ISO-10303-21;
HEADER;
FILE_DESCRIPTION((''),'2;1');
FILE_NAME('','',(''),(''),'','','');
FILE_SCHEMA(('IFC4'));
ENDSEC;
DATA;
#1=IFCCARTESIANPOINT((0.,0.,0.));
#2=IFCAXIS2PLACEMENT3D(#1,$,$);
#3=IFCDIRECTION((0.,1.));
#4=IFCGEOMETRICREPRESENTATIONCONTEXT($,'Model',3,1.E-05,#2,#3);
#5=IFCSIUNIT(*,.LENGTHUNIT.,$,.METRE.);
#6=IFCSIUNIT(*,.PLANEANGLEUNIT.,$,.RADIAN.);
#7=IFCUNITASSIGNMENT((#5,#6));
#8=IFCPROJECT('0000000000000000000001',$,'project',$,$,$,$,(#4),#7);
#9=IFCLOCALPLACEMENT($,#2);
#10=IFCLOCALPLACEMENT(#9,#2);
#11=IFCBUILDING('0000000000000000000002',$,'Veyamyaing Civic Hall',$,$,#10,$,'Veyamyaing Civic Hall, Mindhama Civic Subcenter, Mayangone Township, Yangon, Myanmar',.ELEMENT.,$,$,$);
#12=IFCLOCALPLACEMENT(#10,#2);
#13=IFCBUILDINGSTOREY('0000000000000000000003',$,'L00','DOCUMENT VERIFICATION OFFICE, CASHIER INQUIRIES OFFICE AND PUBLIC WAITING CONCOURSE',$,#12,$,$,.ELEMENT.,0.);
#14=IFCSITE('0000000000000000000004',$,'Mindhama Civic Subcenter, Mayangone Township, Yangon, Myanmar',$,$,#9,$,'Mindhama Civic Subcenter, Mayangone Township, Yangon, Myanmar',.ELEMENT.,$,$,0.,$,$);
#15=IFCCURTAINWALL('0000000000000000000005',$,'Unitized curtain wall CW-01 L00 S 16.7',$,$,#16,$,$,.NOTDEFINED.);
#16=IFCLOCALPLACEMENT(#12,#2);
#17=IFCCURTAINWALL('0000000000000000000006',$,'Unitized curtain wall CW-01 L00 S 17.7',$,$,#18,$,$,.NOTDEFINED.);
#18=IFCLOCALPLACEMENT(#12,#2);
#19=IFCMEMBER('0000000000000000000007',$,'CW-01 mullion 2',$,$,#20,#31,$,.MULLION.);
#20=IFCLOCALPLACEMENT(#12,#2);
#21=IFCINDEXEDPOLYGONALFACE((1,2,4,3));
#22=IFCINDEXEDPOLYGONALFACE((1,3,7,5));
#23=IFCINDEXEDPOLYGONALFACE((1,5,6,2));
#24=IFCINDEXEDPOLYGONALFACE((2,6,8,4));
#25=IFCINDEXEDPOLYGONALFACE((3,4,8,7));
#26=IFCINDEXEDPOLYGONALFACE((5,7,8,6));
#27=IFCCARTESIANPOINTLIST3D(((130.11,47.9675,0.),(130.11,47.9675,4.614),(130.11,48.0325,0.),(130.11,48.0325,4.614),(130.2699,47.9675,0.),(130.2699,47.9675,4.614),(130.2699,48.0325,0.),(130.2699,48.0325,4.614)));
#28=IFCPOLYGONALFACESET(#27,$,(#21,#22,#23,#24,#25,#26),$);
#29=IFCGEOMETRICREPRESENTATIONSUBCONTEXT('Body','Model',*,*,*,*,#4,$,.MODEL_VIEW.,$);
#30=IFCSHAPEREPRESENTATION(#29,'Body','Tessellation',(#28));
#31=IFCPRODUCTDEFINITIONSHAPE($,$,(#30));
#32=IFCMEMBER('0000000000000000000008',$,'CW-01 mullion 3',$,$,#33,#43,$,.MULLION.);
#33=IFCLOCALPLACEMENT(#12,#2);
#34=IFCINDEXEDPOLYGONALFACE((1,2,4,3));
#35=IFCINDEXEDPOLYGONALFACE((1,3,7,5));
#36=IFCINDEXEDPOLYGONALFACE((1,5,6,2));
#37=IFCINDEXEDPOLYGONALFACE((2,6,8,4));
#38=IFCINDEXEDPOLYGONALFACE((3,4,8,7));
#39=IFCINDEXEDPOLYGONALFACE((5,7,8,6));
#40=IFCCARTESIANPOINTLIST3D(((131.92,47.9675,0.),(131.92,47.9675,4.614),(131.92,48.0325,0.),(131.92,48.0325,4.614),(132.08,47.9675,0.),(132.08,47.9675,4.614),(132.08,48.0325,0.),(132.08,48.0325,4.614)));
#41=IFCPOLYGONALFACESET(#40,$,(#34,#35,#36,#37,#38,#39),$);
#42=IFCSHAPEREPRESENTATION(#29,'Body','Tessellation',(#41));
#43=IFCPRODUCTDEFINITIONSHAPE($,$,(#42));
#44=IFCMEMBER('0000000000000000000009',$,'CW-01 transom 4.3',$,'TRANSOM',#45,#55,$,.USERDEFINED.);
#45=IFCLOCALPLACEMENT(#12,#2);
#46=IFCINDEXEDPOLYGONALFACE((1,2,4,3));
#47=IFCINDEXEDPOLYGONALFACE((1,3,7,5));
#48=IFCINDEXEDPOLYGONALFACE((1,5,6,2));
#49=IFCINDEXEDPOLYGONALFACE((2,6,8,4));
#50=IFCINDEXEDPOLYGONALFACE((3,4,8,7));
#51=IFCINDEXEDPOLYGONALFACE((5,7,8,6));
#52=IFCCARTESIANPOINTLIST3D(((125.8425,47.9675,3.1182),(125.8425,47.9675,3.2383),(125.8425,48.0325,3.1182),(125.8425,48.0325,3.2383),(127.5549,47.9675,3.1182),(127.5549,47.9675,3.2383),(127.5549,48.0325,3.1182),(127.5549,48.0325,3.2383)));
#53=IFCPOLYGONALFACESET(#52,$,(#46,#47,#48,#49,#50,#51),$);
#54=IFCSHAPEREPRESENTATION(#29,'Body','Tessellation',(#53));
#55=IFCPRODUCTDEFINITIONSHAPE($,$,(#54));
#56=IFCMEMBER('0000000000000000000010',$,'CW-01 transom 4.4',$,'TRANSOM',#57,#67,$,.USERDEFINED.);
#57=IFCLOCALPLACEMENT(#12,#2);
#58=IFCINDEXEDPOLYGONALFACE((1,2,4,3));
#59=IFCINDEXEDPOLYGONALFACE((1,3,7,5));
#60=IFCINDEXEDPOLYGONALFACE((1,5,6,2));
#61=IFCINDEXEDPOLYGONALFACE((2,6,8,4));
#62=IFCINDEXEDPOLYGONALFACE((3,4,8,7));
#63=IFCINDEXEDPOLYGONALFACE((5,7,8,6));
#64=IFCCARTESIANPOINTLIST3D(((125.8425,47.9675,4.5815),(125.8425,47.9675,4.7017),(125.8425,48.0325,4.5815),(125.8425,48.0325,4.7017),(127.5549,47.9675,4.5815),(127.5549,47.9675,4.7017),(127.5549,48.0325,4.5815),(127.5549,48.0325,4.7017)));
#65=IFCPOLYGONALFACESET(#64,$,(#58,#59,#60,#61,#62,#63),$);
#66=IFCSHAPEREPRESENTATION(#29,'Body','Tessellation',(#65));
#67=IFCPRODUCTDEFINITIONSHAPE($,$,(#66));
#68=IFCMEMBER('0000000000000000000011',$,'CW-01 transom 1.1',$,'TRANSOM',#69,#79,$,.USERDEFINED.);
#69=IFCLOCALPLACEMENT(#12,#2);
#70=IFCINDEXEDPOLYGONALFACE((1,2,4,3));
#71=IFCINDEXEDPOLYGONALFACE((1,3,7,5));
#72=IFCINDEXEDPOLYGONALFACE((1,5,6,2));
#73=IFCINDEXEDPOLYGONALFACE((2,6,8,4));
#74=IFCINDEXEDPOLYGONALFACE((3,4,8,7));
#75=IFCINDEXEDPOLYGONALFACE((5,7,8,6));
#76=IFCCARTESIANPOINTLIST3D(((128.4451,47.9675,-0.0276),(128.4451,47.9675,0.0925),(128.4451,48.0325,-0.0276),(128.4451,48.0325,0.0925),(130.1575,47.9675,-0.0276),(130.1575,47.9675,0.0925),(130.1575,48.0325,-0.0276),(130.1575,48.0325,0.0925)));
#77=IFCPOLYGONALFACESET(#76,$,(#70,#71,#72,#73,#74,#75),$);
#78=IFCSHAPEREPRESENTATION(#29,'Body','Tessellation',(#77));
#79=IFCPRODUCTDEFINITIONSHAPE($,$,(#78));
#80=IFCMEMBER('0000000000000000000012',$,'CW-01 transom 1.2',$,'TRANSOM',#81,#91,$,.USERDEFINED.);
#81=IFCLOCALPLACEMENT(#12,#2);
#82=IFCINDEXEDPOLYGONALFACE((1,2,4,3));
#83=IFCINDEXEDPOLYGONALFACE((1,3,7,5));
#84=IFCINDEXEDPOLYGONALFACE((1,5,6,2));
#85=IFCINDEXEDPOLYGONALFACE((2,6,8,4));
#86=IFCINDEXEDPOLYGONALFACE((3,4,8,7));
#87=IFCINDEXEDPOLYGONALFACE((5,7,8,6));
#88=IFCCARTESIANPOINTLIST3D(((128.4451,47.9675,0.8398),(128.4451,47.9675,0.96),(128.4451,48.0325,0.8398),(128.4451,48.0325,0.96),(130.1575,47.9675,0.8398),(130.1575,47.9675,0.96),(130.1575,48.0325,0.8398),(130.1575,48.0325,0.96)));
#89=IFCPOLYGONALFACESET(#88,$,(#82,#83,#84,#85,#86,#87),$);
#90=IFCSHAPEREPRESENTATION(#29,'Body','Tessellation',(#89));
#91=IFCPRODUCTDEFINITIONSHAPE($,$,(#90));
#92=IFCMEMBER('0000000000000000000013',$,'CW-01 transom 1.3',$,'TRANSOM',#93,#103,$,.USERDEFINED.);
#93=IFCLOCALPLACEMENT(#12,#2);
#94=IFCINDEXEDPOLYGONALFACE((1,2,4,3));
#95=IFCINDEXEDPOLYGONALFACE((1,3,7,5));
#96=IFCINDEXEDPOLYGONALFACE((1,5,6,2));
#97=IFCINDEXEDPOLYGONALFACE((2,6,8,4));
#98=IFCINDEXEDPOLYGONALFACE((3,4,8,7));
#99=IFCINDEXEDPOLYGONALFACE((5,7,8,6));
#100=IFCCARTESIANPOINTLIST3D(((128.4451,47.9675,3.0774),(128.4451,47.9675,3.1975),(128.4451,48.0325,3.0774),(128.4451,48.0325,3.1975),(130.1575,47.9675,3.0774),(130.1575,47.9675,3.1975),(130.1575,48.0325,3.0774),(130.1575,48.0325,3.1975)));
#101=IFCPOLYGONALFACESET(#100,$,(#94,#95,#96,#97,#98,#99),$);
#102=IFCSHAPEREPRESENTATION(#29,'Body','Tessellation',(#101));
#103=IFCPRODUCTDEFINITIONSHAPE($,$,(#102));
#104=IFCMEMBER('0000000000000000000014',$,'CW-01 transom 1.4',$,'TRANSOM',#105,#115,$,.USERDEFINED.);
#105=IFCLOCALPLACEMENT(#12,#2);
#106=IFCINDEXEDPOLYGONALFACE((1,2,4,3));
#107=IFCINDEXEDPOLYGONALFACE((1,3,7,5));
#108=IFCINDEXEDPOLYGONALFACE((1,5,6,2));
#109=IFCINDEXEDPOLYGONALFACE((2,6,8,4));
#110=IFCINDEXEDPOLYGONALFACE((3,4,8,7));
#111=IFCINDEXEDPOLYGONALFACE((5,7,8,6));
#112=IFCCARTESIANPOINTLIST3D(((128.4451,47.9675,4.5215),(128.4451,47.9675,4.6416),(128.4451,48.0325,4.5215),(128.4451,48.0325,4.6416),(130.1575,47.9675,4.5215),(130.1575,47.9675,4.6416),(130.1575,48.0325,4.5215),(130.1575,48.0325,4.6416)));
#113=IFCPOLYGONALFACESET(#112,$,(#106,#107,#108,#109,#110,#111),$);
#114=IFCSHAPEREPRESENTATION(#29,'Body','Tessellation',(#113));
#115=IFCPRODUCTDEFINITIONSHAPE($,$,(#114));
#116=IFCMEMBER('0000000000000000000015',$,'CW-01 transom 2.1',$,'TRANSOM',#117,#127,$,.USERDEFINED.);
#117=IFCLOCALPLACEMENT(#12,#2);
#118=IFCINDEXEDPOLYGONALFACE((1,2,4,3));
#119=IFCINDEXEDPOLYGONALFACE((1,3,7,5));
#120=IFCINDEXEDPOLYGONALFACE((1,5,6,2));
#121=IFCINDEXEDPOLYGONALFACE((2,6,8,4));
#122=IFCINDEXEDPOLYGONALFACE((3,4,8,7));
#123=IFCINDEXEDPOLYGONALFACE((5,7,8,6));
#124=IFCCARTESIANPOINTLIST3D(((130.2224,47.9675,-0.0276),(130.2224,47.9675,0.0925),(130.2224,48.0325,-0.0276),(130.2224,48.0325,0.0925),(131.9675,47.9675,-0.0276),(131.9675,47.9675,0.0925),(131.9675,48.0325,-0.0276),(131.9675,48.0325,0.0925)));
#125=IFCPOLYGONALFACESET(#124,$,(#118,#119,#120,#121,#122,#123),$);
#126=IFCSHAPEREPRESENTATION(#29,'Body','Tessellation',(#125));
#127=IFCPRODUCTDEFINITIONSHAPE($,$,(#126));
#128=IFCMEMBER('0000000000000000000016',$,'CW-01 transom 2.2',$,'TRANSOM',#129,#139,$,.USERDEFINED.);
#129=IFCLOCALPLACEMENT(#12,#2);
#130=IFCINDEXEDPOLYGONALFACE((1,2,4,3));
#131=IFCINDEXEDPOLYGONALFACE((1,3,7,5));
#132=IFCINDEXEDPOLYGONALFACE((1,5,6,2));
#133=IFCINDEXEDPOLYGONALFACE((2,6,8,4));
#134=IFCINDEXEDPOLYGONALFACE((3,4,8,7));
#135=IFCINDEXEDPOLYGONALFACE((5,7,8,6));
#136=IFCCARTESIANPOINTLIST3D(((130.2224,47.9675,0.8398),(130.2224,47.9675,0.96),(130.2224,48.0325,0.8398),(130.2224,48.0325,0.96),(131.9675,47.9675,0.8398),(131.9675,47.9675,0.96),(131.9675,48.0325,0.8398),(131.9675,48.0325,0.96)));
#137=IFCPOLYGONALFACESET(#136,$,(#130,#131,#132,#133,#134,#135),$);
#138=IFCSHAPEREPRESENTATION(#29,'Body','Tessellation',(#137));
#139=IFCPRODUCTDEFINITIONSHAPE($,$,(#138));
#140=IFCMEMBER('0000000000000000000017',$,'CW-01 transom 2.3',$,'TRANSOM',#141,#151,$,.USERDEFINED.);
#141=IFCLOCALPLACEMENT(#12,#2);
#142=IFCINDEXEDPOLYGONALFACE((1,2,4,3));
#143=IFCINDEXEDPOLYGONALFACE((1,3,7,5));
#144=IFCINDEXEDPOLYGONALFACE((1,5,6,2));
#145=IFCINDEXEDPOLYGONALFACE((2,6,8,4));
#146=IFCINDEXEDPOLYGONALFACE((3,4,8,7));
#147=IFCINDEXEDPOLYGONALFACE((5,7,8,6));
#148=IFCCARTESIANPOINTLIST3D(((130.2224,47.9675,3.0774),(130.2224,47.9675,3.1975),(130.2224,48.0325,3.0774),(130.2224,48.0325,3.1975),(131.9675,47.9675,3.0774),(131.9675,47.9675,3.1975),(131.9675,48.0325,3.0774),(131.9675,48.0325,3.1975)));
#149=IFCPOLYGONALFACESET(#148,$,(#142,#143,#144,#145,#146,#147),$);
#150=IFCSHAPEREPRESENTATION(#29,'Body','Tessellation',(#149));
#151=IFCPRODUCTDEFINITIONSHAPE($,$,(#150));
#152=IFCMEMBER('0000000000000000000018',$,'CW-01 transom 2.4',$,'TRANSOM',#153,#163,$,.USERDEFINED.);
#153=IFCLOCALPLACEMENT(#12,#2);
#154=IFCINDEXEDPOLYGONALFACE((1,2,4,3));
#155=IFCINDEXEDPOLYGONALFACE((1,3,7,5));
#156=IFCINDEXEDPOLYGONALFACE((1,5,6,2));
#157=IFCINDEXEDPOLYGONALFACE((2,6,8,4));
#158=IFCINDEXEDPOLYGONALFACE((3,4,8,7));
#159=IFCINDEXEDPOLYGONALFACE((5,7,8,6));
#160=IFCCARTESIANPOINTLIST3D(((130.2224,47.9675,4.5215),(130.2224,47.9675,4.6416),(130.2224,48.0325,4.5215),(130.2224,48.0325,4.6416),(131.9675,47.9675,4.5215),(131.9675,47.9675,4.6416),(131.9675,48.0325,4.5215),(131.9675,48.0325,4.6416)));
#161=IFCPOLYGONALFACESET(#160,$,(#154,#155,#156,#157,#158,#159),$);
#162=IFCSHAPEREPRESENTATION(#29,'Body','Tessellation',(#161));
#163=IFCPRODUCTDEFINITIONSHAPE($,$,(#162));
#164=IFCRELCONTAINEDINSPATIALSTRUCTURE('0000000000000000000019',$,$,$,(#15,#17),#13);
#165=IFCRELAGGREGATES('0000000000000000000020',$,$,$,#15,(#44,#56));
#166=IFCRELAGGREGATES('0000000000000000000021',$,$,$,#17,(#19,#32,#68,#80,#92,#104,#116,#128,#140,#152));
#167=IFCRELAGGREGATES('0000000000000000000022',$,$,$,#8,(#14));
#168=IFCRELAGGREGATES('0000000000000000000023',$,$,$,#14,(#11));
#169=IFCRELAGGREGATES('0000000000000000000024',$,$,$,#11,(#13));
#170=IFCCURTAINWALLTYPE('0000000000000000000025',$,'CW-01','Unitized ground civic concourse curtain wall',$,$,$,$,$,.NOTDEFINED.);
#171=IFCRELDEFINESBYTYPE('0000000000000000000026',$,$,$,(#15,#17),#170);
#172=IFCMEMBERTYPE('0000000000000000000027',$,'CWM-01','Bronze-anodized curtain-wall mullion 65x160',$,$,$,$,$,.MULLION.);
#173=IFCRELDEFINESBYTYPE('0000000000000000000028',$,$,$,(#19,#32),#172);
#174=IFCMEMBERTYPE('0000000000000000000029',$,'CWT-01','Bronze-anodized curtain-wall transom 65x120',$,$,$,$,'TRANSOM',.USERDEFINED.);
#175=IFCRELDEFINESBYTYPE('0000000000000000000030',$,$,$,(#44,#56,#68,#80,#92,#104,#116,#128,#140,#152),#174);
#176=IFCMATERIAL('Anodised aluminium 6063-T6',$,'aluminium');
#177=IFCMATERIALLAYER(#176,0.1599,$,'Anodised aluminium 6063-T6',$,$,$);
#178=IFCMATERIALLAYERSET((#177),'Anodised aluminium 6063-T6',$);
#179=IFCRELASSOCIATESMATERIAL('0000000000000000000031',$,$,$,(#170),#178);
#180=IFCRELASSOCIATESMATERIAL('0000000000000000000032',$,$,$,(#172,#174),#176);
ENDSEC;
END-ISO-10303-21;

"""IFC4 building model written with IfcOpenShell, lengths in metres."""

from ifc_helpers import new_model, si_unit, direction, frame, origin, origin_2d, place, context, subcontext, project, spatial, rectangle, extrude, material, layer, layer_set, material_profile, profile_set, type_object, element, aggregate, save


model = new_model("IFC4")

# Units and contexts
model_context = context("Model", 3, precision=1e-05, world=origin(), true_north=direction((0.0, 1.0)))
body_context = subcontext(model_context, "Body", "Model", "MODEL_VIEW")
ifc_project = project(units=[si_unit("LENGTHUNIT", "METRE"), si_unit("PLANEANGLEUNIT", "RADIAN")], contexts=[model_context])

# Site, building, storey
site_placement = place(None, origin())
site = spatial("IfcSite", under=ifc_project, at=site_placement, Name="Mindhama Civic Subcenter, Mayangone Township, Yangon, Myanmar", LongName="Mindhama Civic Subcenter, Mayangone Township, Yangon, Myanmar", CompositionType="ELEMENT", RefElevation=0.0)
building_placement = place(site_placement, origin())
building = spatial("IfcBuilding", under=site, at=building_placement, Name="Veyamyaing Civic Hall", LongName="Veyamyaing Civic Hall, Mindhama Civic Subcenter, Mayangone Township, Yangon, Myanmar", CompositionType="ELEMENT")
storey_placement = place(building_placement, origin())
storey = spatial("IfcBuildingStorey", under=building, at=storey_placement, Name="L00", Description="DOCUMENT VERIFICATION OFFICE, CASHIER INQUIRIES OFFICE AND PUBLIC WAITING CONCOURSE", CompositionType="ELEMENT", Elevation=0.0)

# Curtain wall
ifc_material_1 = material(Name="Anodised aluminium 6063-T6", Category="aluminium")
ifc_layer_1 = layer(ifc_material_1, 0.1599, Name="Anodised aluminium 6063-T6")
ifc_layer_set_1 = layer_set([ifc_layer_1], Name="Anodised aluminium 6063-T6")
curtain_wall_type = type_object("IfcCurtainWallType", Name="CW-01", Description="Unitized ground civic concourse curtain wall", PredefinedType="NOTDEFINED", material=ifc_layer_set_1)
curtain_wall_1_placement = place(storey_placement, origin())
curtain_wall_1 = element("IfcCurtainWall", 1, at=curtain_wall_1_placement, inside=storey, type_object=curtain_wall_type, Name="Unitized curtain wall CW-01 L00 S 16.7", PredefinedType="NOTDEFINED")
ifc_material_profile_1 = material_profile(ifc_material_1, rectangle(XDim=0.0649, YDim=0.1599, at=origin_2d()), Name="ALU-MUL-65X160")
ifc_profile_set_1 = profile_set([ifc_material_profile_1], Name="Anodised aluminium 6063-T6")
member_type_1 = type_object("IfcMemberType", Name="CWM-01", Description="Bronze-anodized curtain-wall mullion 65x160", PredefinedType="MULLION", material=ifc_profile_set_1)

# Curtain wall, members
curtain_wall_2_placement = place(storey_placement, origin())
curtain_wall_2 = element("IfcCurtainWall", 2, at=curtain_wall_2_placement, inside=storey, type_object=curtain_wall_type, Name="Unitized curtain wall CW-01 L00 S 17.7", PredefinedType="NOTDEFINED")
member_1_placement = place(storey_placement, frame((130.1899, 48.0, 0.0), z_axis=(0.0, 0.0, 1.0), x_axis=(0.0, 1.0, 0.0)))
member_1 = element("IfcMember", 3, at=member_1_placement, type_object=member_type_1, Name="CW-01 mullion 2", PredefinedType="MULLION", context=body_context, shape_type="SweptSolid", body=[
    extrude(rectangle(XDim=0.0649, YDim=0.1599, at=origin_2d()), origin(), (0.0, 0.0, 1.0), 4.614),
])
member_2_placement = place(storey_placement, frame((132.0, 48.0, 0.0), z_axis=(0.0, 0.0, 1.0), x_axis=(0.0, 1.0, 0.0)))
member_2 = element("IfcMember", 4, at=member_2_placement, type_object=member_type_1, Name="CW-01 mullion 3", PredefinedType="MULLION", context=body_context, shape_type="SweptSolid", body=[
    extrude(rectangle(XDim=0.0649, YDim=0.1599, at=origin_2d()), origin(), (0.0, 0.0, 1.0), 4.614),
])

# Members
ifc_material_profile_2 = material_profile(ifc_material_1, rectangle(XDim=0.0649, YDim=0.1201, at=origin_2d()), Name="ALU-TRN-65X120")
ifc_profile_set_2 = profile_set([ifc_material_profile_2], Name="Anodised aluminium 6063-T6")
member_type_2 = type_object("IfcMemberType", Name="CWT-01", Description="Bronze-anodized curtain-wall transom 65x120", ElementType="TRANSOM", PredefinedType="USERDEFINED", material=ifc_profile_set_2)
member_3_placement = place(storey_placement, frame((125.8425, 48.0, 3.1782), z_axis=(1.0, 0.0, 0.0), x_axis=(0.0, 1.0, 0.0)))
member_3 = element("IfcMember", 5, at=member_3_placement, type_object=member_type_2, Name="CW-01 transom 4.3", ObjectType="TRANSOM", PredefinedType="USERDEFINED", context=body_context, shape_type="SweptSolid", body=[
    extrude(rectangle(XDim=0.0649, YDim=0.1201, at=origin_2d()), origin(), (0.0, 0.0, 1.0), 1.7124),
])
member_4_placement = place(storey_placement, frame((125.8425, 48.0, 4.6416), z_axis=(1.0, 0.0, 0.0), x_axis=(0.0, 1.0, 0.0)))
member_4 = element("IfcMember", 6, at=member_4_placement, type_object=member_type_2, Name="CW-01 transom 4.4", ObjectType="TRANSOM", PredefinedType="USERDEFINED", context=body_context, shape_type="SweptSolid", body=[
    extrude(rectangle(XDim=0.0649, YDim=0.1201, at=origin_2d()), origin(), (0.0, 0.0, 1.0), 1.7124),
])
member_5_placement = place(storey_placement, frame((128.4451, 48.0, 0.0325), z_axis=(1.0, 0.0, 0.0), x_axis=(0.0, 1.0, 0.0)))
member_5 = element("IfcMember", 7, at=member_5_placement, type_object=member_type_2, Name="CW-01 transom 1.1", ObjectType="TRANSOM", PredefinedType="USERDEFINED", context=body_context, shape_type="SweptSolid", body=[
    extrude(rectangle(XDim=0.0649, YDim=0.1201, at=origin_2d()), origin(), (0.0, 0.0, 1.0), 1.7124),
])
member_6_placement = place(storey_placement, frame((128.4451, 48.0, 0.8999), z_axis=(1.0, 0.0, 0.0), x_axis=(0.0, 1.0, 0.0)))
member_6 = element("IfcMember", 8, at=member_6_placement, type_object=member_type_2, Name="CW-01 transom 1.2", ObjectType="TRANSOM", PredefinedType="USERDEFINED", context=body_context, shape_type="SweptSolid", body=[
    extrude(rectangle(XDim=0.0649, YDim=0.1201, at=origin_2d()), origin(), (0.0, 0.0, 1.0), 1.7124),
])
member_7_placement = place(storey_placement, frame((128.4451, 48.0, 3.1375), z_axis=(1.0, 0.0, 0.0), x_axis=(0.0, 1.0, 0.0)))
member_7 = element("IfcMember", 9, at=member_7_placement, type_object=member_type_2, Name="CW-01 transom 1.3", ObjectType="TRANSOM", PredefinedType="USERDEFINED", context=body_context, shape_type="SweptSolid", body=[
    extrude(rectangle(XDim=0.0649, YDim=0.1201, at=origin_2d()), origin(), (0.0, 0.0, 1.0), 1.7124),
])
member_8_placement = place(storey_placement, frame((128.4451, 48.0, 4.5815), z_axis=(1.0, 0.0, 0.0), x_axis=(0.0, 1.0, 0.0)))
member_8 = element("IfcMember", 10, at=member_8_placement, type_object=member_type_2, Name="CW-01 transom 1.4", ObjectType="TRANSOM", PredefinedType="USERDEFINED", context=body_context, shape_type="SweptSolid", body=[
    extrude(rectangle(XDim=0.0649, YDim=0.1201, at=origin_2d()), origin(), (0.0, 0.0, 1.0), 1.7124),
])
member_9_placement = place(storey_placement, frame((130.2224, 48.0, 0.0325), z_axis=(1.0, 0.0, 0.0), x_axis=(0.0, 1.0, 0.0)))
member_9 = element("IfcMember", 11, at=member_9_placement, type_object=member_type_2, Name="CW-01 transom 2.1", ObjectType="TRANSOM", PredefinedType="USERDEFINED", context=body_context, shape_type="SweptSolid", body=[
    extrude(rectangle(XDim=0.0649, YDim=0.1201, at=origin_2d()), origin(), (0.0, 0.0, 1.0), 1.7451),
])
member_10_placement = place(storey_placement, frame((130.2224, 48.0, 0.8999), z_axis=(1.0, 0.0, 0.0), x_axis=(0.0, 1.0, 0.0)))
member_10 = element("IfcMember", 12, at=member_10_placement, type_object=member_type_2, Name="CW-01 transom 2.2", ObjectType="TRANSOM", PredefinedType="USERDEFINED", context=body_context, shape_type="SweptSolid", body=[
    extrude(rectangle(XDim=0.0649, YDim=0.1201, at=origin_2d()), origin(), (0.0, 0.0, 1.0), 1.7451),
])
member_11_placement = place(storey_placement, frame((130.2224, 48.0, 3.1375), z_axis=(1.0, 0.0, 0.0), x_axis=(0.0, 1.0, 0.0)))
member_11 = element("IfcMember", 13, at=member_11_placement, type_object=member_type_2, Name="CW-01 transom 2.3", ObjectType="TRANSOM", PredefinedType="USERDEFINED", context=body_context, shape_type="SweptSolid", body=[
    extrude(rectangle(XDim=0.0649, YDim=0.1201, at=origin_2d()), origin(), (0.0, 0.0, 1.0), 1.7451),
])
member_12_placement = place(storey_placement, frame((130.2224, 48.0, 4.5815), z_axis=(1.0, 0.0, 0.0), x_axis=(0.0, 1.0, 0.0)))
member_12 = element("IfcMember", 14, at=member_12_placement, type_object=member_type_2, Name="CW-01 transom 2.4", ObjectType="TRANSOM", PredefinedType="USERDEFINED", context=body_context, shape_type="SweptSolid", body=[
    extrude(rectangle(XDim=0.0649, YDim=0.1201, at=origin_2d()), origin(), (0.0, 0.0, 1.0), 1.7451),
])

aggregate(curtain_wall_1, [member_3, member_4])
aggregate(curtain_wall_2, [member_1, member_2, member_5, member_6, member_7, member_8, member_9, member_10, member_11, member_12])

save(model, "model.ifc")
